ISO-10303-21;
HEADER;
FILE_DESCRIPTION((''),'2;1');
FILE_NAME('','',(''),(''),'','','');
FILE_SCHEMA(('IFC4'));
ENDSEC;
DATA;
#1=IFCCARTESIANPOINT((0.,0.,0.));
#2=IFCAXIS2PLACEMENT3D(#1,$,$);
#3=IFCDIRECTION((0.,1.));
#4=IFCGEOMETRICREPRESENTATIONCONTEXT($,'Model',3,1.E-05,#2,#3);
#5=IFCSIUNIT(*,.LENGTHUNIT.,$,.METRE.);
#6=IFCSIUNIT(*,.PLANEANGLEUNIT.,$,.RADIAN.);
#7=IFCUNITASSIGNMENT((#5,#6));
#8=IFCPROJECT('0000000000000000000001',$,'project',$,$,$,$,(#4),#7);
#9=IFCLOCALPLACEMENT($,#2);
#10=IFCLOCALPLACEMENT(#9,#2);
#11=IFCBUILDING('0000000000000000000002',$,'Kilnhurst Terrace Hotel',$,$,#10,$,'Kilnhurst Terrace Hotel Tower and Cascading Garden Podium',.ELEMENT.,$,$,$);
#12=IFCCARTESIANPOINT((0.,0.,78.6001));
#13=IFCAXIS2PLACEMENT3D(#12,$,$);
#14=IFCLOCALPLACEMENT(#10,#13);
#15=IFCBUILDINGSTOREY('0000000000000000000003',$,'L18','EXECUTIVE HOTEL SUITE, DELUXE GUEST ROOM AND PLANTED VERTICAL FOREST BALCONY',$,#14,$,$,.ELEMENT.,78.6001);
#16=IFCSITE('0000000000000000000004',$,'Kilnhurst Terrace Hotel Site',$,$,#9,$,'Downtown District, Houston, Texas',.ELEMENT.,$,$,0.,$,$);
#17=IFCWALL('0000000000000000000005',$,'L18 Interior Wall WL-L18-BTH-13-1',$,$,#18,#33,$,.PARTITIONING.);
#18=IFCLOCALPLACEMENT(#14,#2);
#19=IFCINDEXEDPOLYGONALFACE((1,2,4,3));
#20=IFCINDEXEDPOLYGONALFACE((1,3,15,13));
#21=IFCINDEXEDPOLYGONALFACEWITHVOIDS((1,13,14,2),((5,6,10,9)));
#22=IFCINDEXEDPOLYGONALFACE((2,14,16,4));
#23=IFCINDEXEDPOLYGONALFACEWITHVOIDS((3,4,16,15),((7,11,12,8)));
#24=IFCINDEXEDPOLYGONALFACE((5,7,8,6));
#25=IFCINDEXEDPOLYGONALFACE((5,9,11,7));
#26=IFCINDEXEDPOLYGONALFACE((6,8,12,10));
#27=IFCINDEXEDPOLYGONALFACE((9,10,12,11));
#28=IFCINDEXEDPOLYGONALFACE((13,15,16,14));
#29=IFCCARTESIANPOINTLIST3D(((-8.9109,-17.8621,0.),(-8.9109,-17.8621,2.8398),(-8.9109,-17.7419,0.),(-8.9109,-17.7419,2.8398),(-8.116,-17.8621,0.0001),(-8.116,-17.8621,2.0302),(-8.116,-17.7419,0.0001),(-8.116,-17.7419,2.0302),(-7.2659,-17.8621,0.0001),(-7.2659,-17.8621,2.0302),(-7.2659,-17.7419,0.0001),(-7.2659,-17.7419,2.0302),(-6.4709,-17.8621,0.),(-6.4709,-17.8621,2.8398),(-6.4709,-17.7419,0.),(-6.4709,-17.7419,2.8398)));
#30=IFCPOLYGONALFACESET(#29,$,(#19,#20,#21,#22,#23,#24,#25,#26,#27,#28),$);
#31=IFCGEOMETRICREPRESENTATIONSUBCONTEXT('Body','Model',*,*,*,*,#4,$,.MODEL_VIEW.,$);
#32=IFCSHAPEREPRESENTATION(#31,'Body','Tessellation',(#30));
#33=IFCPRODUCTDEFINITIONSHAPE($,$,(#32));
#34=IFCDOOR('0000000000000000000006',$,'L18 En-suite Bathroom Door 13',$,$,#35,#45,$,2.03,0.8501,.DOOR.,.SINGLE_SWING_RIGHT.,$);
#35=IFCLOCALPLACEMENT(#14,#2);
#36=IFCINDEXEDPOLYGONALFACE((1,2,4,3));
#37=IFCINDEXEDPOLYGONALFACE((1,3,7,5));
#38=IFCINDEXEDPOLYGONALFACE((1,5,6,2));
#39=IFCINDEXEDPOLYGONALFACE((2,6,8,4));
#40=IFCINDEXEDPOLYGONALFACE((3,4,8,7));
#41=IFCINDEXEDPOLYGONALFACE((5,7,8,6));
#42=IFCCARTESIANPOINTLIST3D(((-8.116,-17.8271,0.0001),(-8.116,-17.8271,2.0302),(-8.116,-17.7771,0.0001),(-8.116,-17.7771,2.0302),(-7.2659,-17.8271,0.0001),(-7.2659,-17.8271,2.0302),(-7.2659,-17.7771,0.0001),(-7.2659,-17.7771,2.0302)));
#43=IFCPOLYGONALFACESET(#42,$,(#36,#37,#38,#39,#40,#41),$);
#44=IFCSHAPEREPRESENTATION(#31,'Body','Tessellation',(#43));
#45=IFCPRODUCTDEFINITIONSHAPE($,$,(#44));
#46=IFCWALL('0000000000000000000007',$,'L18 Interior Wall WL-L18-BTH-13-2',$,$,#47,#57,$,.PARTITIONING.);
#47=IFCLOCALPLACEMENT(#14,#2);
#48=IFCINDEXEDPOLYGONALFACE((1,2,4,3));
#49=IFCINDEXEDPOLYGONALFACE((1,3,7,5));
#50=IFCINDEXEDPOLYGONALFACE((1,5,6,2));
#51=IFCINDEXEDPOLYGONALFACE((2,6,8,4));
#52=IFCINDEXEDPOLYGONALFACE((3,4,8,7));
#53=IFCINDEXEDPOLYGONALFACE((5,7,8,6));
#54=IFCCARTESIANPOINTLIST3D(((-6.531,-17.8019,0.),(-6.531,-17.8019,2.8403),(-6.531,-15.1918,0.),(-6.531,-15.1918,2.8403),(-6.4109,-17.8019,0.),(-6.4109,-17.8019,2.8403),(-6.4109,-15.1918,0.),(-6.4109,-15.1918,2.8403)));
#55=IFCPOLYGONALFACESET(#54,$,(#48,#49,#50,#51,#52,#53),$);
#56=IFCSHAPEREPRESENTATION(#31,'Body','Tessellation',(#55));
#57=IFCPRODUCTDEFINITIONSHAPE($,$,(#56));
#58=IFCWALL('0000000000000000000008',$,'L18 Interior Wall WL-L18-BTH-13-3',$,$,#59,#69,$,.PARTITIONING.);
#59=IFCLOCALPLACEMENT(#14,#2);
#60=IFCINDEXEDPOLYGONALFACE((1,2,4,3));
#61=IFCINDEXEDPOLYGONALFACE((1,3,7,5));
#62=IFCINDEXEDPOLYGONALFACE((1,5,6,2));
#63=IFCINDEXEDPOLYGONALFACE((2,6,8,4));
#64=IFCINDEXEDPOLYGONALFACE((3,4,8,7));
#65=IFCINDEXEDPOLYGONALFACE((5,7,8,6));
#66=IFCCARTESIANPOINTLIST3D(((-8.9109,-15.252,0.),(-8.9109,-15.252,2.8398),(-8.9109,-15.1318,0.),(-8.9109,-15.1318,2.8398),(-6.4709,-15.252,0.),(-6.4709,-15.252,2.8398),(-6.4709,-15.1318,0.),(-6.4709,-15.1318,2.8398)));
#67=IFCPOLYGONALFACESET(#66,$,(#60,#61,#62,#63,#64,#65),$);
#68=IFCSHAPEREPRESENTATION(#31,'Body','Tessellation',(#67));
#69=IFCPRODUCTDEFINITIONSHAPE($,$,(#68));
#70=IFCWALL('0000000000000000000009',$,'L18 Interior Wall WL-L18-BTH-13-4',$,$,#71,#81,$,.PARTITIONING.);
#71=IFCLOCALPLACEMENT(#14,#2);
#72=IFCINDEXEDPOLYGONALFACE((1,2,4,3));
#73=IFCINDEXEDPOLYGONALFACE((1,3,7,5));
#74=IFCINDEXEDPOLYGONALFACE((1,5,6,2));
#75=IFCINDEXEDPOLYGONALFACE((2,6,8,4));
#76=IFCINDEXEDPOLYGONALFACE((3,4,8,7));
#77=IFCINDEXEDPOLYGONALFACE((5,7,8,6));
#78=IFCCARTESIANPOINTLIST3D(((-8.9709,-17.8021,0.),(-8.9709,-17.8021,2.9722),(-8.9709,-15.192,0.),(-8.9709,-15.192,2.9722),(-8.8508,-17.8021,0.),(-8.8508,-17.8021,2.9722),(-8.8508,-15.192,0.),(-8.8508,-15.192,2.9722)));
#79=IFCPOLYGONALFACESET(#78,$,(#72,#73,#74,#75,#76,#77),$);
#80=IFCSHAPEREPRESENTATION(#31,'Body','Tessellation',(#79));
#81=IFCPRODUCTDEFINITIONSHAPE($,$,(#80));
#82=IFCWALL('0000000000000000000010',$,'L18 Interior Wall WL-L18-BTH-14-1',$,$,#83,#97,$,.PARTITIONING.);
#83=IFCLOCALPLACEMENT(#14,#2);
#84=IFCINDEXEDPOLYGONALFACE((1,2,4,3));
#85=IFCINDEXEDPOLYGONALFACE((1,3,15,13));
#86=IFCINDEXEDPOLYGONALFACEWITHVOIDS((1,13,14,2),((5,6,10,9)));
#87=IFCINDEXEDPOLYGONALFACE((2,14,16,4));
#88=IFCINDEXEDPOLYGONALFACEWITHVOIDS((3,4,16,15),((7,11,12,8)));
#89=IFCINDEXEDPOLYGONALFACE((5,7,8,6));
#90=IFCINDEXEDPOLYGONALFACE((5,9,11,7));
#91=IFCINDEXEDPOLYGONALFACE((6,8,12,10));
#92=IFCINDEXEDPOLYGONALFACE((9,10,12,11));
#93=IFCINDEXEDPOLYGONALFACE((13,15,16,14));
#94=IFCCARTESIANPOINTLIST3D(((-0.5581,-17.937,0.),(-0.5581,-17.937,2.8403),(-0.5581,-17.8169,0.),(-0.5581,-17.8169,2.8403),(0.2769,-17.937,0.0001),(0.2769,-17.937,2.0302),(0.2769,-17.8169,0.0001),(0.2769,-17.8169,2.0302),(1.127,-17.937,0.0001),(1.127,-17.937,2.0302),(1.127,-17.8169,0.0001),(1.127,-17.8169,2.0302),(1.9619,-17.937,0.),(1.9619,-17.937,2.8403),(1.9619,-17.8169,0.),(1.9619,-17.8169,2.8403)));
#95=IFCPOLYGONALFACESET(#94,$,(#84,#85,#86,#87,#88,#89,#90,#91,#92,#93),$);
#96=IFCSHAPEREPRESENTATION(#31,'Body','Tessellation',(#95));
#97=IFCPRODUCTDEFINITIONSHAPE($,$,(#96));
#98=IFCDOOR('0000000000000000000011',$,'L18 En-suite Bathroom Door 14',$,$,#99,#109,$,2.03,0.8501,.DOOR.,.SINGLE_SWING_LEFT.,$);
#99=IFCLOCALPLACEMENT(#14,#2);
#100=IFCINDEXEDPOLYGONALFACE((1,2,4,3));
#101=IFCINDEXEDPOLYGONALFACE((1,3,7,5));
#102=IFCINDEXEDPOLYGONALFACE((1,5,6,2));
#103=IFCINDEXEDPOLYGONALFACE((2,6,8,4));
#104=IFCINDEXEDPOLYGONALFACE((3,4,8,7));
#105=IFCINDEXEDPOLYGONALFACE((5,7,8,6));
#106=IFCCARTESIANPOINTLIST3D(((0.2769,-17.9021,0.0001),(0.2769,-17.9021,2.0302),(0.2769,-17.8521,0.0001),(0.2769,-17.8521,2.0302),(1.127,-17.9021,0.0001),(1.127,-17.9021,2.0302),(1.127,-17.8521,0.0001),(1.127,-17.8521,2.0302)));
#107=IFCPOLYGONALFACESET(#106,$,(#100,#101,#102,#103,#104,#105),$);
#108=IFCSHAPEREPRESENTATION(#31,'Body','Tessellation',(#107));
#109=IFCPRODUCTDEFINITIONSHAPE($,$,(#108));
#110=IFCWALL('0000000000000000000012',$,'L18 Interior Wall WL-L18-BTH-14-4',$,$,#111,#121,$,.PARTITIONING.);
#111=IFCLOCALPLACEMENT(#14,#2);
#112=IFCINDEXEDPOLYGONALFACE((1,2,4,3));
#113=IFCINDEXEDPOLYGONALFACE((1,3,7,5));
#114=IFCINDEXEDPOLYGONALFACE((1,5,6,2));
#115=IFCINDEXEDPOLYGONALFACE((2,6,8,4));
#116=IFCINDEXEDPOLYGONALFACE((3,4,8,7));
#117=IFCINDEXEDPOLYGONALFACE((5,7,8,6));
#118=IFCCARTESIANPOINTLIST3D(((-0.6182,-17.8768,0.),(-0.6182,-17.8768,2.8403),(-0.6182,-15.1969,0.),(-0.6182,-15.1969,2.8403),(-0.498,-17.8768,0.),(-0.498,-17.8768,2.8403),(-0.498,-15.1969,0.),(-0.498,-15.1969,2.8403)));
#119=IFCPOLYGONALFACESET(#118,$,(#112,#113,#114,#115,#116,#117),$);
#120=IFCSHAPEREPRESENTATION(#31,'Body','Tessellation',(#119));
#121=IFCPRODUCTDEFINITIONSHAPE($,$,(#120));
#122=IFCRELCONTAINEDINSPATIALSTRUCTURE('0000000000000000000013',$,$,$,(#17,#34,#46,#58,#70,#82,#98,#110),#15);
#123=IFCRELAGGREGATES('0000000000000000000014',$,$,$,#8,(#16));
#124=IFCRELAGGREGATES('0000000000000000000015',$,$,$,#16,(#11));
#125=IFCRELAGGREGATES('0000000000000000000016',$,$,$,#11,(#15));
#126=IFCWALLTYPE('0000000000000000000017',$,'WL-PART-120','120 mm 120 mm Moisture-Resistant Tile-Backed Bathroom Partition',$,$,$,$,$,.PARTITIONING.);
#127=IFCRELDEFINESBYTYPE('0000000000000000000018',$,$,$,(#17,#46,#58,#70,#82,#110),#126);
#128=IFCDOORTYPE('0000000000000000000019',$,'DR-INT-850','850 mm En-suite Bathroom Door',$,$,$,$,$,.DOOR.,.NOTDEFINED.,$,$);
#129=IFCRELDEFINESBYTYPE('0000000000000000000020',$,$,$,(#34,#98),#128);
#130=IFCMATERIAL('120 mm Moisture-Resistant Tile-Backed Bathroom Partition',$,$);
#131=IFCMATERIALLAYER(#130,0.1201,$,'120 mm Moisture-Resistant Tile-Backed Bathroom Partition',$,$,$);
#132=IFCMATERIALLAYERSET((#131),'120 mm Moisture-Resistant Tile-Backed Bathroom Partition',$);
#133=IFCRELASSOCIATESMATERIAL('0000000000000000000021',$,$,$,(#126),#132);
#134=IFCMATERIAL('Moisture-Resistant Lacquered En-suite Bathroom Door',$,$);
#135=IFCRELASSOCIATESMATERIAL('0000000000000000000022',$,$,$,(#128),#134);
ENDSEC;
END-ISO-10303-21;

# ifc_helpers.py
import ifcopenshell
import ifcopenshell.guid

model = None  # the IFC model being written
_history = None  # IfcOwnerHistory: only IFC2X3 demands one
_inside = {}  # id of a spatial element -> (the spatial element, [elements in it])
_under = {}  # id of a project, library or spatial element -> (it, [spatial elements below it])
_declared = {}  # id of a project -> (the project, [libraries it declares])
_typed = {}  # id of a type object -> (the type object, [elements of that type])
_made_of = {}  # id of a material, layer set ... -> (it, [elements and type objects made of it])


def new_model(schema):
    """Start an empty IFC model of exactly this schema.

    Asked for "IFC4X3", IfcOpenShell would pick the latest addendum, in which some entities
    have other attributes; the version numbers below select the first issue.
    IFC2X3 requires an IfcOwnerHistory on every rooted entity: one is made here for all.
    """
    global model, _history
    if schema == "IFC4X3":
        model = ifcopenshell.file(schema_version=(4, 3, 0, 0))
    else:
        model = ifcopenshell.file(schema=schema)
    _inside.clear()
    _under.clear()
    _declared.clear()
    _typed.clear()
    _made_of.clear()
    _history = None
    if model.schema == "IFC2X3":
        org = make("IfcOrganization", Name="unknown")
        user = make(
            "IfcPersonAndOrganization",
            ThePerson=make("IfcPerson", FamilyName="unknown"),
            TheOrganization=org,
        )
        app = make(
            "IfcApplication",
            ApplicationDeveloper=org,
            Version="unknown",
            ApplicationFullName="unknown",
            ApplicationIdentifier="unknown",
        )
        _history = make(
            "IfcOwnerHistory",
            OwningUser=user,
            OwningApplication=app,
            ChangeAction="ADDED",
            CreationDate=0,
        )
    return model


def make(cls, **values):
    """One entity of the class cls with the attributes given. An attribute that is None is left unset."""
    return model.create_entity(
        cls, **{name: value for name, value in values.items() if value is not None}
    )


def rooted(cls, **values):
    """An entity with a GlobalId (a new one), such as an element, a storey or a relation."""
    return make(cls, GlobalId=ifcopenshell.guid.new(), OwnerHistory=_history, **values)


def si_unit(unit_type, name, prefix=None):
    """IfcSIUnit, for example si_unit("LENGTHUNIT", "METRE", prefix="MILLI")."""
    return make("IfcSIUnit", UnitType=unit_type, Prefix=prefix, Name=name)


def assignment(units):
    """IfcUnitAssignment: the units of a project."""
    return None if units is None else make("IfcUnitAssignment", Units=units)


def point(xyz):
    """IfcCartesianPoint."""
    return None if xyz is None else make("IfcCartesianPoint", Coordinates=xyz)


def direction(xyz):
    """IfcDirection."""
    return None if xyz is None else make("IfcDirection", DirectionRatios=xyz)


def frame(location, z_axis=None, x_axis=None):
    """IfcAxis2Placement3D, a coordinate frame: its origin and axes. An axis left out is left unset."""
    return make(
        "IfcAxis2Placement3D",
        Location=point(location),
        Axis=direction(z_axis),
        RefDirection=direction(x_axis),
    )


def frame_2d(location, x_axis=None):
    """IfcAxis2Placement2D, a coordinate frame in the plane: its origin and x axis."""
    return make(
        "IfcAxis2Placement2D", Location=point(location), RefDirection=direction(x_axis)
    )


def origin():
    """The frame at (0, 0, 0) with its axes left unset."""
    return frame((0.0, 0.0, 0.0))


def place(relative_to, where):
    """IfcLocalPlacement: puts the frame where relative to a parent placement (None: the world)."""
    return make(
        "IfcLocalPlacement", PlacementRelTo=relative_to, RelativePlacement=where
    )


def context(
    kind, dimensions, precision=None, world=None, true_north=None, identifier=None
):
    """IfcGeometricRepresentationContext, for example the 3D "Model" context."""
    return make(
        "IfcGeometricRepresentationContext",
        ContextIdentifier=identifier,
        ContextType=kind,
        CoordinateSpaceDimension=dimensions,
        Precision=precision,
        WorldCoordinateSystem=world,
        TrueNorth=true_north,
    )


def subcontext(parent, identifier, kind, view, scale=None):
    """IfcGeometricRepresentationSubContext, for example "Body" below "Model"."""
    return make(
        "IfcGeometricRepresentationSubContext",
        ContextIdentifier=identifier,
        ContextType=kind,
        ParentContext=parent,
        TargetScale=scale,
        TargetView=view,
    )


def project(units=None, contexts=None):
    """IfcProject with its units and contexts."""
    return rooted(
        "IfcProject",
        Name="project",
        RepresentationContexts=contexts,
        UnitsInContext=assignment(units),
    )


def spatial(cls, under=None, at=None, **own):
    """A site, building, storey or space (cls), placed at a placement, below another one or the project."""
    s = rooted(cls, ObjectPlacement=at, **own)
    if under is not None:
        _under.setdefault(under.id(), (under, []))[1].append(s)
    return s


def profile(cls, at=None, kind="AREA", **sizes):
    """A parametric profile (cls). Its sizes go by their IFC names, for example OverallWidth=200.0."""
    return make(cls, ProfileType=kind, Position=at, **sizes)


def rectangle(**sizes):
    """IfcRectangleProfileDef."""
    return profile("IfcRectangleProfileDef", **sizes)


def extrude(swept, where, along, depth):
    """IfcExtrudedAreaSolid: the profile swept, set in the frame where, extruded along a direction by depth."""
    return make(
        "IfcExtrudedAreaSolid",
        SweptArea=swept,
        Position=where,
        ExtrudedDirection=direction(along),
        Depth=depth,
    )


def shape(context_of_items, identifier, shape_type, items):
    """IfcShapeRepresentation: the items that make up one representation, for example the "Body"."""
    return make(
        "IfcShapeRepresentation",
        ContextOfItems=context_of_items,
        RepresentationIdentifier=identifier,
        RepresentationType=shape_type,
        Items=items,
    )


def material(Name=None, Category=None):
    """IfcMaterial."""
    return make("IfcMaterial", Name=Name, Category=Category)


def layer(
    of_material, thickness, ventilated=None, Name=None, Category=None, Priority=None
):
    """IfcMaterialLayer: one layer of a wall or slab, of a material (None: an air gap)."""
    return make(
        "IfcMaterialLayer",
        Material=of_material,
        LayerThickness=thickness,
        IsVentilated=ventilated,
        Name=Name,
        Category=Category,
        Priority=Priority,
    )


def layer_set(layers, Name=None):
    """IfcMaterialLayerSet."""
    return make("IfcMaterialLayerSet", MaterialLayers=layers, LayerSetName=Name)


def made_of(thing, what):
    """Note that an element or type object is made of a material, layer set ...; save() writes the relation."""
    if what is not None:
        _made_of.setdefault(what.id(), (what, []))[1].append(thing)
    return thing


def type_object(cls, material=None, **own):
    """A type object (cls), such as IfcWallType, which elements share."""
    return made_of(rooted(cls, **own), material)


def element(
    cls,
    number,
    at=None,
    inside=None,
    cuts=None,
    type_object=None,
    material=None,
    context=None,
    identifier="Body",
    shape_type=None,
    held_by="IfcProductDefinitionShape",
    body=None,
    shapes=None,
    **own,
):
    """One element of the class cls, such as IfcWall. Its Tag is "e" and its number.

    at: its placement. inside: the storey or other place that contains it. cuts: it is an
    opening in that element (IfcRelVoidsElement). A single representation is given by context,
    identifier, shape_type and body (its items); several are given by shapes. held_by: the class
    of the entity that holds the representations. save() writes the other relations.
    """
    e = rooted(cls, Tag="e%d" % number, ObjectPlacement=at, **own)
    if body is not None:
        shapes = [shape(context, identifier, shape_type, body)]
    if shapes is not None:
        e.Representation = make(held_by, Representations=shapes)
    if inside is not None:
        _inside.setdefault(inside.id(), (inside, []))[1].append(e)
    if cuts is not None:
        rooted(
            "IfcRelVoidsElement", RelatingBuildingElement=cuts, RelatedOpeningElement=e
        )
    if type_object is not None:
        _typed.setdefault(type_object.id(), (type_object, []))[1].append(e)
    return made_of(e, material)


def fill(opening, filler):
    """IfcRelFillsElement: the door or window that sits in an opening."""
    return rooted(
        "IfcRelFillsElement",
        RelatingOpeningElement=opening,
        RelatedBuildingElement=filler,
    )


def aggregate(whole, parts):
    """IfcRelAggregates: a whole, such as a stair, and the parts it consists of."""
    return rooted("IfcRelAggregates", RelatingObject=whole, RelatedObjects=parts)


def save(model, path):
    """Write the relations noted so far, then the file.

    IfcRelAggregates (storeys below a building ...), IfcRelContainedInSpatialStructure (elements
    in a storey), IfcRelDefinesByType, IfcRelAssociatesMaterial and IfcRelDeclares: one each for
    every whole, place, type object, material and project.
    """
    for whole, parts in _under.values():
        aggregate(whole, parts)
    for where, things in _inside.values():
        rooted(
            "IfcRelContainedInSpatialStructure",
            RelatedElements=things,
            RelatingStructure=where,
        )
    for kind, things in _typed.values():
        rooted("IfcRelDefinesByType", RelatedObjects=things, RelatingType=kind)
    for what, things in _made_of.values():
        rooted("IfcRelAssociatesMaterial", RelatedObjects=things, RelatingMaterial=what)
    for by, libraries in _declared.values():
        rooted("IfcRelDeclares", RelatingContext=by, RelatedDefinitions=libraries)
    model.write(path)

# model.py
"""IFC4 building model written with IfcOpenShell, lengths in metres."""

from ifc_helpers import new_model, si_unit, direction, frame, frame_2d, origin, place, context, subcontext, project, spatial, rectangle, extrude, material, layer, layer_set, type_object, element, fill, save


model = new_model("IFC4")

# Units and contexts
model_context = context("Model", 3, precision=1e-05, world=origin(), true_north=direction((0.0, 1.0)))
body_context = subcontext(model_context, "Body", "Model", "MODEL_VIEW")
ifc_project = project(units=[si_unit("LENGTHUNIT", "METRE"), si_unit("PLANEANGLEUNIT", "RADIAN")], contexts=[model_context])

# Site, building, storey
site_placement = place(None, origin())
site = spatial("IfcSite", under=ifc_project, at=site_placement, Name="Kilnhurst Terrace Hotel Site", LongName="Downtown District, Houston, Texas", CompositionType="ELEMENT", RefElevation=0.0)
building_placement = place(site_placement, origin())
building = spatial("IfcBuilding", under=site, at=building_placement, Name="Kilnhurst Terrace Hotel", LongName="Kilnhurst Terrace Hotel Tower and Cascading Garden Podium", CompositionType="ELEMENT")
storey_placement = place(building_placement, frame((0.0, 0.0, 78.6001)))
storey = spatial("IfcBuildingStorey", under=building, at=storey_placement, Name="L18", Description="EXECUTIVE HOTEL SUITE, DELUXE GUEST ROOM AND PLANTED VERTICAL FOREST BALCONY", CompositionType="ELEMENT", Elevation=78.6001)

# Wall, opening, door
ifc_material_1 = material(Name="120 mm Moisture-Resistant Tile-Backed Bathroom Partition")
ifc_layer_1 = layer(ifc_material_1, 0.1201, Name="120 mm Moisture-Resistant Tile-Backed Bathroom Partition")
ifc_layer_set_1 = layer_set([ifc_layer_1], Name="120 mm Moisture-Resistant Tile-Backed Bathroom Partition")
wall_type_1 = type_object("IfcWallType", Name="WL-PART-120", Description="120 mm 120 mm Moisture-Resistant Tile-Backed Bathroom Partition", PredefinedType="PARTITIONING", material=ifc_layer_set_1)
wall_1_placement = place(storey_placement, frame((-8.9109, -17.802, 0.0), z_axis=(0.0, 0.0, 1.0), x_axis=(1.0, 0.0, 0.0)))
wall_1 = element("IfcWall", 1, at=wall_1_placement, inside=storey, type_object=wall_type_1, Name="L18 Interior Wall WL-L18-BTH-13-1", PredefinedType="PARTITIONING", context=body_context, shape_type="SweptSolid", body=[
    extrude(rectangle(XDim=2.4399, YDim=0.1201, at=frame_2d((1.22, 0.0))), origin(), (0.0, 0.0, 1.0), 2.8398),
])
opening_1_placement = place(wall_1_placement, frame((0.7949, 0.0, 0.0)))
opening_1 = element("IfcOpeningElement", 2, at=opening_1_placement, cuts=wall_1, PredefinedType="OPENING", context=body_context, shape_type="SweptSolid", body=[
    extrude(rectangle(XDim=0.8501, YDim=2.03, at=frame_2d((0.425, 1.0151))), frame((0.0, 0.0701, 0.0), z_axis=(0.0, -1.0, 0.0), x_axis=(1.0, 0.0, 0.0)), (0.0, 0.0, 1.0), 0.1401),
])
ifc_material_2 = material(Name="Moisture-Resistant Lacquered En-suite Bathroom Door")
door_type = type_object("IfcDoorType", Name="DR-INT-850", Description="850 mm En-suite Bathroom Door", OperationType="NOTDEFINED", PredefinedType="DOOR", material=ifc_material_2)
door_1_placement = place(opening_1_placement, origin())
door_1 = element("IfcDoor", 3, at=door_1_placement, inside=storey, type_object=door_type, Name="L18 En-suite Bathroom Door 13", OperationType="SINGLE_SWING_RIGHT", OverallHeight=2.03, OverallWidth=0.8501, PredefinedType="DOOR", context=body_context, shape_type="SweptSolid", body=[
    extrude(rectangle(XDim=0.8501, YDim=2.03, at=frame_2d((0.425, 1.0151))), frame((0.0, 0.0249, 0.0), z_axis=(0.0, -1.0, 0.0), x_axis=(1.0, 0.0, 0.0)), (0.0, 0.0, 1.0), 0.05),
])
fill(opening_1, door_1)

# Walls
wall_2_placement = place(storey_placement, frame((-6.4709, -17.802, 0.0), z_axis=(0.0, 0.0, 1.0), x_axis=(0.0, 1.0, 0.0)))
element("IfcWall", 4, at=wall_2_placement, inside=storey, type_object=wall_type_1, Name="L18 Interior Wall WL-L18-BTH-13-2", PredefinedType="PARTITIONING", context=body_context, shape_type="SweptSolid", body=[
    extrude(rectangle(XDim=2.6101, YDim=0.1201, at=frame_2d((1.3052, 0.0))), origin(), (0.0, 0.0, 1.0), 2.8403),
])
wall_3_placement = place(storey_placement, frame((-6.4709, -15.1919, 0.0), z_axis=(0.0, 0.0, 1.0), x_axis=(-1.0, 0.0, 0.0)))
element("IfcWall", 5, at=wall_3_placement, inside=storey, type_object=wall_type_1, Name="L18 Interior Wall WL-L18-BTH-13-3", PredefinedType="PARTITIONING", context=body_context, shape_type="SweptSolid", body=[
    extrude(rectangle(XDim=2.4399, YDim=0.1201, at=frame_2d((1.22, 0.0))), origin(), (0.0, 0.0, 1.0), 2.8398),
])
wall_4_placement = place(storey_placement, frame((-8.9109, -15.1919, 0.0), z_axis=(0.0, 0.0, 1.0), x_axis=(0.0, -1.0, 0.0)))
element("IfcWall", 6, at=wall_4_placement, inside=storey, type_object=wall_type_1, Name="L18 Interior Wall WL-L18-BTH-13-4", PredefinedType="PARTITIONING", context=body_context, shape_type="SweptSolid", body=[
    extrude(rectangle(XDim=2.6101, YDim=0.1201, at=frame_2d((1.3052, 0.0))), origin(), (0.0, 0.0, 1.0), 2.9722),
])

# Wall, opening, door
wall_5_placement = place(storey_placement, frame((-0.5581, -17.877, 0.0), z_axis=(0.0, 0.0, 1.0), x_axis=(1.0, 0.0, 0.0)))
wall_5 = element("IfcWall", 7, at=wall_5_placement, inside=storey, type_object=wall_type_1, Name="L18 Interior Wall WL-L18-BTH-14-1", PredefinedType="PARTITIONING", context=body_context, shape_type="SweptSolid", body=[
    extrude(rectangle(XDim=2.52, YDim=0.1201, at=frame_2d((1.26, 0.0))), origin(), (0.0, 0.0, 1.0), 2.8403),
])
opening_2_placement = place(wall_5_placement, frame((0.835, 0.0, 0.0)))
opening_2 = element("IfcOpeningElement", 8, at=opening_2_placement, cuts=wall_5, PredefinedType="OPENING", context=body_context, shape_type="SweptSolid", body=[
    extrude(rectangle(XDim=0.8501, YDim=2.03, at=frame_2d((0.425, 1.0151))), frame((0.0, 0.0701, 0.0), z_axis=(0.0, -1.0, 0.0), x_axis=(1.0, 0.0, 0.0)), (0.0, 0.0, 1.0), 0.1401),
])
door_2_placement = place(opening_2_placement, origin())
door_2 = element("IfcDoor", 9, at=door_2_placement, inside=storey, type_object=door_type, Name="L18 En-suite Bathroom Door 14", OperationType="SINGLE_SWING_LEFT", OverallHeight=2.03, OverallWidth=0.8501, PredefinedType="DOOR", context=body_context, shape_type="SweptSolid", body=[
    extrude(rectangle(XDim=0.8501, YDim=2.03, at=frame_2d((0.425, 1.0151))), frame((0.0, 0.0249, 0.0), z_axis=(0.0, -1.0, 0.0), x_axis=(1.0, 0.0, 0.0)), (0.0, 0.0, 1.0), 0.05),
])
fill(opening_2, door_2)

# Wall
wall_6_placement = place(storey_placement, frame((-0.5581, -15.197, 0.0), z_axis=(0.0, 0.0, 1.0), x_axis=(0.0, -1.0, 0.0)))
element("IfcWall", 10, at=wall_6_placement, inside=storey, type_object=wall_type_1, Name="L18 Interior Wall WL-L18-BTH-14-4", PredefinedType="PARTITIONING", context=body_context, shape_type="SweptSolid", body=[
    extrude(rectangle(XDim=2.6799, YDim=0.1201, at=frame_2d((1.3398, 0.0))), origin(), (0.0, 0.0, 1.0), 2.8403),
])

save(model, "model.ifc")
